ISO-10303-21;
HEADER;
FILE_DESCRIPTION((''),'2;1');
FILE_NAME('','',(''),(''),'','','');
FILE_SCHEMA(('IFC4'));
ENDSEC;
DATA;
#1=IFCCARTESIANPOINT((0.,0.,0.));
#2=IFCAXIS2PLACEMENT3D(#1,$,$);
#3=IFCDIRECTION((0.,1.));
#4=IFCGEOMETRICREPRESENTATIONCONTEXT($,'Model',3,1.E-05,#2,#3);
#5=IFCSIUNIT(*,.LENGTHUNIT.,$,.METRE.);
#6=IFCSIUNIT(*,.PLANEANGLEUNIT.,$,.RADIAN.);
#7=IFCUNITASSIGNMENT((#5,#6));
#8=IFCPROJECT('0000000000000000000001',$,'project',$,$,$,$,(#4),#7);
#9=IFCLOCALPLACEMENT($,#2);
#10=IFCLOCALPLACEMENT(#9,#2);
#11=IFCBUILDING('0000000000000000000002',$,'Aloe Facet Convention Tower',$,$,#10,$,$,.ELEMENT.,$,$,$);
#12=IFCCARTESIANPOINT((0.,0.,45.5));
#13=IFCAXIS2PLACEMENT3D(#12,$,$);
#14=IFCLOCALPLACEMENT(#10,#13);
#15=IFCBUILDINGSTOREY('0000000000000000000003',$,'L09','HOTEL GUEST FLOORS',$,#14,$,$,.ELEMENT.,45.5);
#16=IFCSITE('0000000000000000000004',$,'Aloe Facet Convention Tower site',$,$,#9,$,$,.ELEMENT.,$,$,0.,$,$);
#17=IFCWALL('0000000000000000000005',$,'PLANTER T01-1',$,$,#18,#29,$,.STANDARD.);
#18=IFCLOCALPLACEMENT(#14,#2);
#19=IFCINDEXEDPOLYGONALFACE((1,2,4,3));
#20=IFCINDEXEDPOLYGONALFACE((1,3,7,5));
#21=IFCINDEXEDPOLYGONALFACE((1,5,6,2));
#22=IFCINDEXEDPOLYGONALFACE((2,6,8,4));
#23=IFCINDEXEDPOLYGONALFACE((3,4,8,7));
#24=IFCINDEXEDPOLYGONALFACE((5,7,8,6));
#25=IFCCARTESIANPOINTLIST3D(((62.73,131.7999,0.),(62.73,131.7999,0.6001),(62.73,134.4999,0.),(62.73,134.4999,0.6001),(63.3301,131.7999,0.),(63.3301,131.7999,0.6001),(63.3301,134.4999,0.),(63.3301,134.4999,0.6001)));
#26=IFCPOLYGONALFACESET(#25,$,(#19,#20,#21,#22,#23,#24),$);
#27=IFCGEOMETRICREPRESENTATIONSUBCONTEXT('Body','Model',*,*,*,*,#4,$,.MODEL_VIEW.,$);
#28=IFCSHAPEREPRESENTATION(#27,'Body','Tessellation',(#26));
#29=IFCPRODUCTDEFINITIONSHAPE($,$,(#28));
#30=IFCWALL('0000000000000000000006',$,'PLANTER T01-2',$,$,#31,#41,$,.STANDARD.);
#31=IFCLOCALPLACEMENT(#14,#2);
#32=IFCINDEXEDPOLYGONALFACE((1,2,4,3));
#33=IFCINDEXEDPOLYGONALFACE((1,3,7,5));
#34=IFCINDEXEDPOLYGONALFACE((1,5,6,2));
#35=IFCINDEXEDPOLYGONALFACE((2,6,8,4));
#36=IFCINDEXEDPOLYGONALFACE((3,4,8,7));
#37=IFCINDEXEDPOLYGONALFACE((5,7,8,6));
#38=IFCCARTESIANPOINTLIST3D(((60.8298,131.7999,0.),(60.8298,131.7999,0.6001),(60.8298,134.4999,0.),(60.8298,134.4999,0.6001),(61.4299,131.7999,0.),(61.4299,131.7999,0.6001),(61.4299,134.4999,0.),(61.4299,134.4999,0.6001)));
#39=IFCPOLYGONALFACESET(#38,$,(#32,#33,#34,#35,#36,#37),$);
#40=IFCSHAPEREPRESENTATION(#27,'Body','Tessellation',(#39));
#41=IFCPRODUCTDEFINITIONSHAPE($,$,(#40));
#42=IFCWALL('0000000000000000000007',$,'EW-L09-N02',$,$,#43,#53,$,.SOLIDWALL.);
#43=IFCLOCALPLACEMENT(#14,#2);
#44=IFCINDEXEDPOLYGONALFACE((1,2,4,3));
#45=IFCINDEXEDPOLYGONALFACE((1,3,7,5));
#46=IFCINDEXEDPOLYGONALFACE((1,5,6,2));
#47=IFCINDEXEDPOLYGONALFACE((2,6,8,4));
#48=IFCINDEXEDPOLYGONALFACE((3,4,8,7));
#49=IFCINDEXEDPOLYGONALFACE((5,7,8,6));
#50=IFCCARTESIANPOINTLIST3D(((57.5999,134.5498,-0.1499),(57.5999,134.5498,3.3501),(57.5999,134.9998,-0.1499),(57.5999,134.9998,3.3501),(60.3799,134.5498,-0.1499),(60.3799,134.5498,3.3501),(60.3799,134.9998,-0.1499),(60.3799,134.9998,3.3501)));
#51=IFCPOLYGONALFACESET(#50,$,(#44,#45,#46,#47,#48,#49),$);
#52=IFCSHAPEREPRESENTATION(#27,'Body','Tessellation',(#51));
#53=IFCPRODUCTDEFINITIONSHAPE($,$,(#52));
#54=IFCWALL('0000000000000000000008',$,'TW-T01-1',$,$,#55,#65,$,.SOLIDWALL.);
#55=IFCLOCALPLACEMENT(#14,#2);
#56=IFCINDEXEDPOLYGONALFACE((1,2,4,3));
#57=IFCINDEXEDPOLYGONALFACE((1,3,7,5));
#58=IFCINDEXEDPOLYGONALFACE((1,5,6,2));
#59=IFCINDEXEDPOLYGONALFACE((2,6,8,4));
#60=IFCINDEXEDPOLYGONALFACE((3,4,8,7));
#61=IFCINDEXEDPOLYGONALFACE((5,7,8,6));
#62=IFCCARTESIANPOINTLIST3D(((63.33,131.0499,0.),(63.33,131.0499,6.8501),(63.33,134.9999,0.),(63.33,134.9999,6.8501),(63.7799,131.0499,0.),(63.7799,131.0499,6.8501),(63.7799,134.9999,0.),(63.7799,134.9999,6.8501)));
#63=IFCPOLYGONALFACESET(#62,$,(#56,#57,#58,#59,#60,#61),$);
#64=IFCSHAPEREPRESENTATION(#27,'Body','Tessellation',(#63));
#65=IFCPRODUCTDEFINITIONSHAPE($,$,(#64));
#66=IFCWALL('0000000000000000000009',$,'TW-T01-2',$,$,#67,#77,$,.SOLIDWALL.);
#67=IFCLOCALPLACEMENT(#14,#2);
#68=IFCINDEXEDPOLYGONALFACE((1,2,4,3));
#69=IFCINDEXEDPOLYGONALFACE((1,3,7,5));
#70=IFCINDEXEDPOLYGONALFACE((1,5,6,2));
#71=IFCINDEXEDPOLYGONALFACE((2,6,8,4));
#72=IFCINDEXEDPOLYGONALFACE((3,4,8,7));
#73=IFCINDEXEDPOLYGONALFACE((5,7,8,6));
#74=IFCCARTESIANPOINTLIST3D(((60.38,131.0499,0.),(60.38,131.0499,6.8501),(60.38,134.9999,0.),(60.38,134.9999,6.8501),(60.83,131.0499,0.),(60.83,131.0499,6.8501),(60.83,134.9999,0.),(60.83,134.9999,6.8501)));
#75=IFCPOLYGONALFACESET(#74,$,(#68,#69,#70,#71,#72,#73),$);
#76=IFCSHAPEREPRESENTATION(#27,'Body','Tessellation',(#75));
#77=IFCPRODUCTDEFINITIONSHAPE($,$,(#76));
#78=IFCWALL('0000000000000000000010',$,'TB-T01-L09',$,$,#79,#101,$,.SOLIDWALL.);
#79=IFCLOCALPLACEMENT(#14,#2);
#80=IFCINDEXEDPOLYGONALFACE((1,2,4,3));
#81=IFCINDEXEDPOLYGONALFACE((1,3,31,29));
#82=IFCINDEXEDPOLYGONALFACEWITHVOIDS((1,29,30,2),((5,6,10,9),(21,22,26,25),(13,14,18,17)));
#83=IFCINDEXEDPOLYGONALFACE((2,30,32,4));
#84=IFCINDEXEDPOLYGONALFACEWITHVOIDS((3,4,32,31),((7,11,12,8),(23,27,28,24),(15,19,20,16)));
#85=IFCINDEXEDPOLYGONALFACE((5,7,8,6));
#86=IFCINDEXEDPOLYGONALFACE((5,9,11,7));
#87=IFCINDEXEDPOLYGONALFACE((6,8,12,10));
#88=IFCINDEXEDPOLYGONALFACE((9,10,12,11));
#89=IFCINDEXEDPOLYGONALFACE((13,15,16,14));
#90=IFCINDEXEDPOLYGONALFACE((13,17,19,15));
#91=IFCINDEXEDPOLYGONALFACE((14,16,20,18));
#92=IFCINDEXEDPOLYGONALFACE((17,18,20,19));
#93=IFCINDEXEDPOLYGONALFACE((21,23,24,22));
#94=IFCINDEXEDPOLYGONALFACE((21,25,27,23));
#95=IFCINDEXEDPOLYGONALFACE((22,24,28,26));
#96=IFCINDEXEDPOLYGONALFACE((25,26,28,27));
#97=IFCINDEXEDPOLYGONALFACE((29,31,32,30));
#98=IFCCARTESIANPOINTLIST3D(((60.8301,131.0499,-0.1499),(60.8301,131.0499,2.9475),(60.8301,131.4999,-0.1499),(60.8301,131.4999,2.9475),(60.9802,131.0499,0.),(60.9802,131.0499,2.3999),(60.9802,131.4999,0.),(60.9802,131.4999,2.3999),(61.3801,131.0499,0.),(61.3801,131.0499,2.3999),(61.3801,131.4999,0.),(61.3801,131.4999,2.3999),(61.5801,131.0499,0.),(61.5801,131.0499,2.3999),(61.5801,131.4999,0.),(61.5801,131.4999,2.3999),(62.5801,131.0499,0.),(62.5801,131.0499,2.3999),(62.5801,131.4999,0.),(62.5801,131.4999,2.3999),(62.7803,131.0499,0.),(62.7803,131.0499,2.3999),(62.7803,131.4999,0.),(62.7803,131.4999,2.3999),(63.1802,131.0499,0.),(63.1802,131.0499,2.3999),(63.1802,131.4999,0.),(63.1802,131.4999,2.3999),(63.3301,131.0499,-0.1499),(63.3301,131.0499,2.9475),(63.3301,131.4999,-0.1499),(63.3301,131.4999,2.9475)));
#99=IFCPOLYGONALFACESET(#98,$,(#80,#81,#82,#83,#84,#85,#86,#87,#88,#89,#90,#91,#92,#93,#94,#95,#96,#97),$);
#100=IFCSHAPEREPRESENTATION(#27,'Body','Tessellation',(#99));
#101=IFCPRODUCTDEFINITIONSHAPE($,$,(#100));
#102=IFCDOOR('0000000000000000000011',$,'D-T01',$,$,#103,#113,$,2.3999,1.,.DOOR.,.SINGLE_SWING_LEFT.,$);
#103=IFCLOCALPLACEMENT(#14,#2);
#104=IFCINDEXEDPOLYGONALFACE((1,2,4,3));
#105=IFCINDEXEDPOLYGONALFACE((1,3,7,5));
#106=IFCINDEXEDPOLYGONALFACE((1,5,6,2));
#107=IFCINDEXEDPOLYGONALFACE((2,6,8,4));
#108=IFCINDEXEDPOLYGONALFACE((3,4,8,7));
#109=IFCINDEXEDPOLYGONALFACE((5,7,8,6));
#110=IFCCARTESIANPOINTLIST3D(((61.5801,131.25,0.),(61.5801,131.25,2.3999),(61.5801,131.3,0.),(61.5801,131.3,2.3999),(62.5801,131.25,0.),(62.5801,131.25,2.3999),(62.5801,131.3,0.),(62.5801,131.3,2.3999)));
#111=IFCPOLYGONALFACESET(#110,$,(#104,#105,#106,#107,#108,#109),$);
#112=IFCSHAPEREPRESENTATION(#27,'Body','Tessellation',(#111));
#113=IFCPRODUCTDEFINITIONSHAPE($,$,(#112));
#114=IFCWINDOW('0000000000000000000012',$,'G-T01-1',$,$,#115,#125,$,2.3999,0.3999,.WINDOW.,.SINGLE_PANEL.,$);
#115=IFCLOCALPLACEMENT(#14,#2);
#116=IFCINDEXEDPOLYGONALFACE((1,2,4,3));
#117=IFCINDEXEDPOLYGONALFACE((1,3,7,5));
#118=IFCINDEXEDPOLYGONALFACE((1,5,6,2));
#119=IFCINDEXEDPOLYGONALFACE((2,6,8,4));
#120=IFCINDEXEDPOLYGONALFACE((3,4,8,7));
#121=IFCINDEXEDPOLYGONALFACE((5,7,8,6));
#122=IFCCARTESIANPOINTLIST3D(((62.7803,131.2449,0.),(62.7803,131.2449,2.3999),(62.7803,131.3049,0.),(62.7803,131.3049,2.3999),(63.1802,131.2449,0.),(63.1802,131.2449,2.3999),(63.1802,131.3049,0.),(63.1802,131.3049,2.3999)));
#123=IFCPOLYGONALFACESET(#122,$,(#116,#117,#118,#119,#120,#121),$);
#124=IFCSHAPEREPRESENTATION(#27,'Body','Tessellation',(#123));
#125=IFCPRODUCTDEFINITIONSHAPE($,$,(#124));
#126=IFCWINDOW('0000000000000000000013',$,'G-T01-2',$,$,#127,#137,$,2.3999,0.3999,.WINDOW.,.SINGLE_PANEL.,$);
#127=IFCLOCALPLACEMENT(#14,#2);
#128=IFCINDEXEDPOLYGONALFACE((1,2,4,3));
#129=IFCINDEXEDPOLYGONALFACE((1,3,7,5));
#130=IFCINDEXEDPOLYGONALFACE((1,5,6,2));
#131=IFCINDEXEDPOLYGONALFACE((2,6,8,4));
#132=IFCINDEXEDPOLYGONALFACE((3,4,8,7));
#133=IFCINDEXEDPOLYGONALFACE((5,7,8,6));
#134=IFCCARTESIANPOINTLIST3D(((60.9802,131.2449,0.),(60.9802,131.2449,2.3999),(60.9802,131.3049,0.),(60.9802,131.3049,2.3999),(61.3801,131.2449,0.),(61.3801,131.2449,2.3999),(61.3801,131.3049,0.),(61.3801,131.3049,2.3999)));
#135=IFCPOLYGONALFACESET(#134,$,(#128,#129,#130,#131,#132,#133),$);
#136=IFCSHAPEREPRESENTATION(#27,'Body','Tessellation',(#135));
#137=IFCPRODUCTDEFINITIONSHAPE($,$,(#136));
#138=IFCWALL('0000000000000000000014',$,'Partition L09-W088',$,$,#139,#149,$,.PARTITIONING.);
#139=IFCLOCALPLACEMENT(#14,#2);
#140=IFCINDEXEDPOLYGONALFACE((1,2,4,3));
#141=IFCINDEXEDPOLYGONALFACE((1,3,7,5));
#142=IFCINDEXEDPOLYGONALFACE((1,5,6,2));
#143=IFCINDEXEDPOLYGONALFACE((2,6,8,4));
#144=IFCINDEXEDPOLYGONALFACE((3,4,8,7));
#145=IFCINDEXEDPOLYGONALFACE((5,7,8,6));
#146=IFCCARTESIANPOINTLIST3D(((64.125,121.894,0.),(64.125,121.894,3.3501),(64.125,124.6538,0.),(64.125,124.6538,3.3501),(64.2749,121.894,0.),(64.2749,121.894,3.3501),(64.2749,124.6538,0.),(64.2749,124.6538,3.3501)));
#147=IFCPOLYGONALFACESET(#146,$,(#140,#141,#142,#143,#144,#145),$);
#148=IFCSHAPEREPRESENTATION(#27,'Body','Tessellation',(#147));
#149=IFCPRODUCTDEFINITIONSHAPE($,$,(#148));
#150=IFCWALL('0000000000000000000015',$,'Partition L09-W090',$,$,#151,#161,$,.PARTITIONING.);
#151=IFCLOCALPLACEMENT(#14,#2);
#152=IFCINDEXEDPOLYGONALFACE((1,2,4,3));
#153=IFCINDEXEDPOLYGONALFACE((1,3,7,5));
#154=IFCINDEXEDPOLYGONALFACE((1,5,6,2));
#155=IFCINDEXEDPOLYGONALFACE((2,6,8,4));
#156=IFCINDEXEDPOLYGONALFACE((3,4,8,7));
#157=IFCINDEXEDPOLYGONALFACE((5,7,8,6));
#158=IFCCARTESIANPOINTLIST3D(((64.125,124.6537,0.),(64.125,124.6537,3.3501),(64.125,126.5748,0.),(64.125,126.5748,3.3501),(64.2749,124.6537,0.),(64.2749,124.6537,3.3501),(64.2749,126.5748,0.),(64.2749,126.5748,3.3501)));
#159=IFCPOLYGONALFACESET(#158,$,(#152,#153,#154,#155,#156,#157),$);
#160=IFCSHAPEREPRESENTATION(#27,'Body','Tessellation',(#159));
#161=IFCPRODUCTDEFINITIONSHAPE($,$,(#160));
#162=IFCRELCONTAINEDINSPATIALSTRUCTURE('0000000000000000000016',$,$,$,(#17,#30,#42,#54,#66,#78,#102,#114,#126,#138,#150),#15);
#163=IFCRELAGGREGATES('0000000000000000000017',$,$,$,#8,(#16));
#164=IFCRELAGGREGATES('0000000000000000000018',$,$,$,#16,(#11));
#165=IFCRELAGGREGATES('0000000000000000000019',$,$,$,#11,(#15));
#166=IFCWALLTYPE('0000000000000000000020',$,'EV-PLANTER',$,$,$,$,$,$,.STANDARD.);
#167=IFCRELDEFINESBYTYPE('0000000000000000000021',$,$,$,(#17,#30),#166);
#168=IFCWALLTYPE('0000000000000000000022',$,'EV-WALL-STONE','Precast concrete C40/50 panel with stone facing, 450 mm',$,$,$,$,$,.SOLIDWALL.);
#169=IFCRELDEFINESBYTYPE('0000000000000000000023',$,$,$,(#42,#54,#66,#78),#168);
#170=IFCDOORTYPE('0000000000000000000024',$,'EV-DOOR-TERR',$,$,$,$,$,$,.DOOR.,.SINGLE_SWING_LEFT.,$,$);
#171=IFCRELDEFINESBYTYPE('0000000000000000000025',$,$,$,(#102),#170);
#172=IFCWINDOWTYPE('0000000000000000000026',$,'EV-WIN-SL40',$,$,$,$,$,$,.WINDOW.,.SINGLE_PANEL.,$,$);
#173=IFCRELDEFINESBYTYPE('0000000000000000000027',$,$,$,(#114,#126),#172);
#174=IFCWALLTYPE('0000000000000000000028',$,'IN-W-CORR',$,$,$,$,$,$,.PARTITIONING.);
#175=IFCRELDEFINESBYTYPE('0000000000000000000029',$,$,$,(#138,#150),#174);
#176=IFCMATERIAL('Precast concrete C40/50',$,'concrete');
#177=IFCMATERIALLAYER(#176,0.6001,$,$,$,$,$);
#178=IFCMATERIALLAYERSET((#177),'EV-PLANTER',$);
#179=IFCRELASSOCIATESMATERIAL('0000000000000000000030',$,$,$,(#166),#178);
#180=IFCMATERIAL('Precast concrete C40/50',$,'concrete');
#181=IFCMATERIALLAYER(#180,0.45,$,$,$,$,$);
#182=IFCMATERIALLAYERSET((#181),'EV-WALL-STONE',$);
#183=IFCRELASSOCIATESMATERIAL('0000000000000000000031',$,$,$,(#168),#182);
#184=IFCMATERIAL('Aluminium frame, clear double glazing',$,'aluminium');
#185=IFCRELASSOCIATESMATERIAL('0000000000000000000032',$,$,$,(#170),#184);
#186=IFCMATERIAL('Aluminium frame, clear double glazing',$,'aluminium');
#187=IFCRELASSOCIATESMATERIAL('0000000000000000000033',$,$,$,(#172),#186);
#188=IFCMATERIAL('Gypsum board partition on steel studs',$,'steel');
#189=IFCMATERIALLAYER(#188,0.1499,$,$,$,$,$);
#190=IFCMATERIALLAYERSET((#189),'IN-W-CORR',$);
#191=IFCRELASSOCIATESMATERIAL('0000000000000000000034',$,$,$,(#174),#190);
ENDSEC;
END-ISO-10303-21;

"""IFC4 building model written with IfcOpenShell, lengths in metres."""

from ifc_helpers import new_model, si_unit, direction, frame, frame_2d, origin, place, context, subcontext, project, spatial, polyline, rectangle, outline, extrude, material, layer, layer_set, type_object, element, fill, save


model = new_model("IFC4")

# Units and contexts
model_context = context("Model", 3, precision=1e-05, world=origin(), true_north=direction((0.0, 1.0)))
body_context = subcontext(model_context, "Body", "Model", "MODEL_VIEW")
ifc_project = project(units=[si_unit("LENGTHUNIT", "METRE"), si_unit("PLANEANGLEUNIT", "RADIAN")], contexts=[model_context])

# Site, building, storey
site_placement = place(None, origin())
site = spatial("IfcSite", under=ifc_project, at=site_placement, Name="Aloe Facet Convention Tower site", CompositionType="ELEMENT", RefElevation=0.0)
building_placement = place(site_placement, origin())
building = spatial("IfcBuilding", under=site, at=building_placement, Name="Aloe Facet Convention Tower", CompositionType="ELEMENT")
storey_placement = place(building_placement, frame((0.0, 0.0, 45.5)))
storey = spatial("IfcBuildingStorey", under=building, at=storey_placement, Name="L09", Description="HOTEL GUEST FLOORS", CompositionType="ELEMENT", Elevation=45.5)

# Walls
ifc_material_1 = material(Name="Precast concrete C40/50", Category="concrete")
ifc_layer_1 = layer(ifc_material_1, 0.6001)
ifc_layer_set_1 = layer_set([ifc_layer_1], Name="EV-PLANTER")
wall_type_1 = type_object("IfcWallType", Name="EV-PLANTER", PredefinedType="STANDARD", material=ifc_layer_set_1)
for number, where, z_axis, x_axis, name in (
    (1, (63.03, 134.5, 0.0), (0.0, 0.0, 1.0), (0.0, -1.0, 0.0), "PLANTER T01-1"),
    (2, (61.1299, 134.5, 0.0), (0.0, 0.0, 1.0), (0.0, -1.0, 0.0), "PLANTER T01-2"),
):
    element("IfcWall", number, at=place(storey_placement, frame(where, z_axis=z_axis, x_axis=x_axis)), inside=storey, type_object=wall_type_1, Name=name, PredefinedType="STANDARD", context=body_context, shape_type="SweptSolid", body=[
        extrude(rectangle(XDim=2.7, YDim=0.6001, at=frame_2d((1.3501, 0.0))), origin(), (0.0, 0.0, 1.0), 0.6001),
    ])
ifc_material_2 = material(Name="Precast concrete C40/50", Category="concrete")
ifc_layer_2 = layer(ifc_material_2, 0.45)
ifc_layer_set_2 = layer_set([ifc_layer_2], Name="EV-WALL-STONE")
wall_type_2 = type_object("IfcWallType", Name="EV-WALL-STONE", Description="Precast concrete C40/50 panel with stone facing, 450 mm", PredefinedType="SOLIDWALL", material=ifc_layer_set_2)
wall_1_placement = place(storey_placement, frame((60.3799, 134.7749, -0.1499), z_axis=(0.0, 0.0, 1.0), x_axis=(-1.0, 0.0, 0.0)))
element("IfcWall", 3, at=wall_1_placement, inside=storey, type_object=wall_type_2, Name="EW-L09-N02", PredefinedType="SOLIDWALL", context=body_context, shape_type="SweptSolid", body=[
    extrude(outline(polyline([(2.78, 3.5), (2.78, 0.0), (0.0, 0.0), (0.0, 3.5), (2.78, 3.5)])), frame((0.0, 0.2251, 0.0), z_axis=(0.0, -1.0, 0.0), x_axis=(1.0, 0.0, 0.0)), (0.0, 0.0, 1.0), 0.45),
])
for number, where, z_axis, x_axis, name in (
    (4, (63.5549, 135.0, 0.0), (0.0, 0.0, 1.0), (0.0, -1.0, 0.0), "TW-T01-1"),
    (5, (60.605, 135.0, 0.0), (0.0, 0.0, 1.0), (0.0, -1.0, 0.0), "TW-T01-2"),
):
    element("IfcWall", number, at=place(storey_placement, frame(where, z_axis=z_axis, x_axis=x_axis)), inside=storey, type_object=wall_type_2, Name=name, PredefinedType="SOLIDWALL", context=body_context, shape_type="SweptSolid", body=[
        extrude(rectangle(XDim=3.95, YDim=0.45, at=frame_2d((1.9751, 0.0))), origin(), (0.0, 0.0, 1.0), 6.8501),
    ])

# Wall, openings, door, windows
wall_2_placement = place(storey_placement, frame((63.3301, 131.2749, -0.1499), z_axis=(0.0, 0.0, 1.0), x_axis=(-1.0, 0.0, 0.0)))
wall_2 = element("IfcWall", 6, at=wall_2_placement, inside=storey, type_object=wall_type_2, Name="TB-T01-L09", PredefinedType="SOLIDWALL", context=body_context, shape_type="SweptSolid", body=[
    extrude(rectangle(XDim=2.5, YDim=0.45, at=frame_2d((1.25, 0.0))), origin(), (0.0, 0.0, 1.0), 3.0974),
])
opening_1_placement = place(wall_2_placement, frame((0.75, 0.0, 0.1499)))
opening_1 = element("IfcOpeningElement", 7, at=opening_1_placement, cuts=wall_2, PredefinedType="OPENING", context=body_context, shape_type="SweptSolid", body=[
    extrude(rectangle(XDim=1.0, YDim=2.3999, at=frame_2d((0.5, 1.2))), frame((0.0, 0.2349, 0.0), z_axis=(0.0, -1.0, 0.0), x_axis=(1.0, 0.0, 0.0)), (0.0, 0.0, 1.0), 0.47),
])
opening_2_placement = place(wall_2_placement, frame((0.1499, 0.0, 0.1499)))
opening_2 = element("IfcOpeningElement", 8, at=opening_2_placement, cuts=wall_2, PredefinedType="OPENING", context=body_context, shape_type="SweptSolid", body=[
    extrude(rectangle(XDim=0.3999, YDim=2.3999, at=frame_2d((0.2, 1.2))), frame((0.0, 0.2349, 0.0), z_axis=(0.0, -1.0, 0.0), x_axis=(1.0, 0.0, 0.0)), (0.0, 0.0, 1.0), 0.47),
])
opening_3_placement = place(wall_2_placement, frame((1.95, 0.0, 0.1499)))
opening_3 = element("IfcOpeningElement", 9, at=opening_3_placement, cuts=wall_2, PredefinedType="OPENING", context=body_context, shape_type="SweptSolid", body=[
    extrude(rectangle(XDim=0.3999, YDim=2.3999, at=frame_2d((0.2, 1.2))), frame((0.0, 0.2349, 0.0), z_axis=(0.0, -1.0, 0.0), x_axis=(1.0, 0.0, 0.0)), (0.0, 0.0, 1.0), 0.47),
])
ifc_material_3 = material(Name="Aluminium frame, clear double glazing", Category="aluminium")
door_type_1 = type_object("IfcDoorType", Name="EV-DOOR-TERR", OperationType="SINGLE_SWING_LEFT", PredefinedType="DOOR", material=ifc_material_3)
door_1_placement = place(opening_1_placement, origin())
door_1 = element("IfcDoor", 10, at=door_1_placement, inside=storey, type_object=door_type_1, Name="D-T01", OperationType="SINGLE_SWING_LEFT", OverallHeight=2.3999, OverallWidth=1.0, PredefinedType="DOOR", context=body_context, shape_type="SweptSolid", body=[
    extrude(rectangle(XDim=1.0, YDim=2.3999, at=frame_2d((0.5, 1.2))), frame((0.0, 0.0249, 0.0), z_axis=(0.0, -1.0, 0.0), x_axis=(1.0, 0.0, 0.0)), (0.0, 0.0, 1.0), 0.05),
])
fill(opening_1, door_1)
ifc_material_4 = material(Name="Aluminium frame, clear double glazing", Category="aluminium")
window_type = type_object("IfcWindowType", Name="EV-WIN-SL40", PartitioningType="SINGLE_PANEL", PredefinedType="WINDOW", material=ifc_material_4)
window_1_placement = place(opening_2_placement, origin())
window_1 = element("IfcWindow", 11, at=window_1_placement, inside=storey, type_object=window_type, Name="G-T01-1", OverallHeight=2.3999, OverallWidth=0.3999, PartitioningType="SINGLE_PANEL", PredefinedType="WINDOW", context=body_context, shape_type="SweptSolid", body=[
    extrude(rectangle(XDim=0.3999, YDim=2.3999, at=frame_2d((0.2, 1.2))), frame((0.0, 0.03, 0.0), z_axis=(0.0, -1.0, 0.0), x_axis=(1.0, 0.0, 0.0)), (0.0, 0.0, 1.0), 0.0601),
])
fill(opening_2, window_1)
window_2_placement = place(opening_3_placement, origin())
window_2 = element("IfcWindow", 12, at=window_2_placement, inside=storey, type_object=window_type, Name="G-T01-2", OverallHeight=2.3999, OverallWidth=0.3999, PartitioningType="SINGLE_PANEL", PredefinedType="WINDOW", context=body_context, shape_type="SweptSolid", body=[
    extrude(rectangle(XDim=0.3999, YDim=2.3999, at=frame_2d((0.2, 1.2))), frame((0.0, 0.03, 0.0), z_axis=(0.0, -1.0, 0.0), x_axis=(1.0, 0.0, 0.0)), (0.0, 0.0, 1.0), 0.0601),
])
fill(opening_3, window_2)

# Walls
ifc_material_5 = material(Name="Gypsum board partition on steel studs", Category="steel")
ifc_layer_3 = layer(ifc_material_5, 0.1499)
ifc_layer_set_3 = layer_set([ifc_layer_3], Name="IN-W-CORR")
wall_type_3 = type_object("IfcWallType", Name="IN-W-CORR", PredefinedType="PARTITIONING", material=ifc_layer_set_3)
wall_3_placement = place(storey_placement, frame((64.2, 121.894, 0.0), z_axis=(0.0, 0.0, 1.0), x_axis=(0.0, 1.0, 0.0)))
element("IfcWall", 13, at=wall_3_placement, inside=storey, type_object=wall_type_3, Name="Partition L09-W088", PredefinedType="PARTITIONING", context=body_context, shape_type="SweptSolid", body=[
    extrude(rectangle(XDim=2.7598, YDim=0.1499, at=frame_2d((1.3799, 0.0))), origin(), (0.0, 0.0, 1.0), 3.3501),
])
wall_4_placement = place(storey_placement, frame((64.2, 124.6538, 0.0), z_axis=(0.0, 0.0, 1.0), x_axis=(0.0, 1.0, 0.0)))
element("IfcWall", 14, at=wall_4_placement, inside=storey, type_object=wall_type_3, Name="Partition L09-W090", PredefinedType="PARTITIONING", context=body_context, shape_type="SweptSolid", body=[
    extrude(rectangle(XDim=1.9211, YDim=0.1499, at=frame_2d((0.9604, 0.0))), origin(), (0.0, 0.0, 1.0), 3.3501),
])

save(model, "model.ifc")
